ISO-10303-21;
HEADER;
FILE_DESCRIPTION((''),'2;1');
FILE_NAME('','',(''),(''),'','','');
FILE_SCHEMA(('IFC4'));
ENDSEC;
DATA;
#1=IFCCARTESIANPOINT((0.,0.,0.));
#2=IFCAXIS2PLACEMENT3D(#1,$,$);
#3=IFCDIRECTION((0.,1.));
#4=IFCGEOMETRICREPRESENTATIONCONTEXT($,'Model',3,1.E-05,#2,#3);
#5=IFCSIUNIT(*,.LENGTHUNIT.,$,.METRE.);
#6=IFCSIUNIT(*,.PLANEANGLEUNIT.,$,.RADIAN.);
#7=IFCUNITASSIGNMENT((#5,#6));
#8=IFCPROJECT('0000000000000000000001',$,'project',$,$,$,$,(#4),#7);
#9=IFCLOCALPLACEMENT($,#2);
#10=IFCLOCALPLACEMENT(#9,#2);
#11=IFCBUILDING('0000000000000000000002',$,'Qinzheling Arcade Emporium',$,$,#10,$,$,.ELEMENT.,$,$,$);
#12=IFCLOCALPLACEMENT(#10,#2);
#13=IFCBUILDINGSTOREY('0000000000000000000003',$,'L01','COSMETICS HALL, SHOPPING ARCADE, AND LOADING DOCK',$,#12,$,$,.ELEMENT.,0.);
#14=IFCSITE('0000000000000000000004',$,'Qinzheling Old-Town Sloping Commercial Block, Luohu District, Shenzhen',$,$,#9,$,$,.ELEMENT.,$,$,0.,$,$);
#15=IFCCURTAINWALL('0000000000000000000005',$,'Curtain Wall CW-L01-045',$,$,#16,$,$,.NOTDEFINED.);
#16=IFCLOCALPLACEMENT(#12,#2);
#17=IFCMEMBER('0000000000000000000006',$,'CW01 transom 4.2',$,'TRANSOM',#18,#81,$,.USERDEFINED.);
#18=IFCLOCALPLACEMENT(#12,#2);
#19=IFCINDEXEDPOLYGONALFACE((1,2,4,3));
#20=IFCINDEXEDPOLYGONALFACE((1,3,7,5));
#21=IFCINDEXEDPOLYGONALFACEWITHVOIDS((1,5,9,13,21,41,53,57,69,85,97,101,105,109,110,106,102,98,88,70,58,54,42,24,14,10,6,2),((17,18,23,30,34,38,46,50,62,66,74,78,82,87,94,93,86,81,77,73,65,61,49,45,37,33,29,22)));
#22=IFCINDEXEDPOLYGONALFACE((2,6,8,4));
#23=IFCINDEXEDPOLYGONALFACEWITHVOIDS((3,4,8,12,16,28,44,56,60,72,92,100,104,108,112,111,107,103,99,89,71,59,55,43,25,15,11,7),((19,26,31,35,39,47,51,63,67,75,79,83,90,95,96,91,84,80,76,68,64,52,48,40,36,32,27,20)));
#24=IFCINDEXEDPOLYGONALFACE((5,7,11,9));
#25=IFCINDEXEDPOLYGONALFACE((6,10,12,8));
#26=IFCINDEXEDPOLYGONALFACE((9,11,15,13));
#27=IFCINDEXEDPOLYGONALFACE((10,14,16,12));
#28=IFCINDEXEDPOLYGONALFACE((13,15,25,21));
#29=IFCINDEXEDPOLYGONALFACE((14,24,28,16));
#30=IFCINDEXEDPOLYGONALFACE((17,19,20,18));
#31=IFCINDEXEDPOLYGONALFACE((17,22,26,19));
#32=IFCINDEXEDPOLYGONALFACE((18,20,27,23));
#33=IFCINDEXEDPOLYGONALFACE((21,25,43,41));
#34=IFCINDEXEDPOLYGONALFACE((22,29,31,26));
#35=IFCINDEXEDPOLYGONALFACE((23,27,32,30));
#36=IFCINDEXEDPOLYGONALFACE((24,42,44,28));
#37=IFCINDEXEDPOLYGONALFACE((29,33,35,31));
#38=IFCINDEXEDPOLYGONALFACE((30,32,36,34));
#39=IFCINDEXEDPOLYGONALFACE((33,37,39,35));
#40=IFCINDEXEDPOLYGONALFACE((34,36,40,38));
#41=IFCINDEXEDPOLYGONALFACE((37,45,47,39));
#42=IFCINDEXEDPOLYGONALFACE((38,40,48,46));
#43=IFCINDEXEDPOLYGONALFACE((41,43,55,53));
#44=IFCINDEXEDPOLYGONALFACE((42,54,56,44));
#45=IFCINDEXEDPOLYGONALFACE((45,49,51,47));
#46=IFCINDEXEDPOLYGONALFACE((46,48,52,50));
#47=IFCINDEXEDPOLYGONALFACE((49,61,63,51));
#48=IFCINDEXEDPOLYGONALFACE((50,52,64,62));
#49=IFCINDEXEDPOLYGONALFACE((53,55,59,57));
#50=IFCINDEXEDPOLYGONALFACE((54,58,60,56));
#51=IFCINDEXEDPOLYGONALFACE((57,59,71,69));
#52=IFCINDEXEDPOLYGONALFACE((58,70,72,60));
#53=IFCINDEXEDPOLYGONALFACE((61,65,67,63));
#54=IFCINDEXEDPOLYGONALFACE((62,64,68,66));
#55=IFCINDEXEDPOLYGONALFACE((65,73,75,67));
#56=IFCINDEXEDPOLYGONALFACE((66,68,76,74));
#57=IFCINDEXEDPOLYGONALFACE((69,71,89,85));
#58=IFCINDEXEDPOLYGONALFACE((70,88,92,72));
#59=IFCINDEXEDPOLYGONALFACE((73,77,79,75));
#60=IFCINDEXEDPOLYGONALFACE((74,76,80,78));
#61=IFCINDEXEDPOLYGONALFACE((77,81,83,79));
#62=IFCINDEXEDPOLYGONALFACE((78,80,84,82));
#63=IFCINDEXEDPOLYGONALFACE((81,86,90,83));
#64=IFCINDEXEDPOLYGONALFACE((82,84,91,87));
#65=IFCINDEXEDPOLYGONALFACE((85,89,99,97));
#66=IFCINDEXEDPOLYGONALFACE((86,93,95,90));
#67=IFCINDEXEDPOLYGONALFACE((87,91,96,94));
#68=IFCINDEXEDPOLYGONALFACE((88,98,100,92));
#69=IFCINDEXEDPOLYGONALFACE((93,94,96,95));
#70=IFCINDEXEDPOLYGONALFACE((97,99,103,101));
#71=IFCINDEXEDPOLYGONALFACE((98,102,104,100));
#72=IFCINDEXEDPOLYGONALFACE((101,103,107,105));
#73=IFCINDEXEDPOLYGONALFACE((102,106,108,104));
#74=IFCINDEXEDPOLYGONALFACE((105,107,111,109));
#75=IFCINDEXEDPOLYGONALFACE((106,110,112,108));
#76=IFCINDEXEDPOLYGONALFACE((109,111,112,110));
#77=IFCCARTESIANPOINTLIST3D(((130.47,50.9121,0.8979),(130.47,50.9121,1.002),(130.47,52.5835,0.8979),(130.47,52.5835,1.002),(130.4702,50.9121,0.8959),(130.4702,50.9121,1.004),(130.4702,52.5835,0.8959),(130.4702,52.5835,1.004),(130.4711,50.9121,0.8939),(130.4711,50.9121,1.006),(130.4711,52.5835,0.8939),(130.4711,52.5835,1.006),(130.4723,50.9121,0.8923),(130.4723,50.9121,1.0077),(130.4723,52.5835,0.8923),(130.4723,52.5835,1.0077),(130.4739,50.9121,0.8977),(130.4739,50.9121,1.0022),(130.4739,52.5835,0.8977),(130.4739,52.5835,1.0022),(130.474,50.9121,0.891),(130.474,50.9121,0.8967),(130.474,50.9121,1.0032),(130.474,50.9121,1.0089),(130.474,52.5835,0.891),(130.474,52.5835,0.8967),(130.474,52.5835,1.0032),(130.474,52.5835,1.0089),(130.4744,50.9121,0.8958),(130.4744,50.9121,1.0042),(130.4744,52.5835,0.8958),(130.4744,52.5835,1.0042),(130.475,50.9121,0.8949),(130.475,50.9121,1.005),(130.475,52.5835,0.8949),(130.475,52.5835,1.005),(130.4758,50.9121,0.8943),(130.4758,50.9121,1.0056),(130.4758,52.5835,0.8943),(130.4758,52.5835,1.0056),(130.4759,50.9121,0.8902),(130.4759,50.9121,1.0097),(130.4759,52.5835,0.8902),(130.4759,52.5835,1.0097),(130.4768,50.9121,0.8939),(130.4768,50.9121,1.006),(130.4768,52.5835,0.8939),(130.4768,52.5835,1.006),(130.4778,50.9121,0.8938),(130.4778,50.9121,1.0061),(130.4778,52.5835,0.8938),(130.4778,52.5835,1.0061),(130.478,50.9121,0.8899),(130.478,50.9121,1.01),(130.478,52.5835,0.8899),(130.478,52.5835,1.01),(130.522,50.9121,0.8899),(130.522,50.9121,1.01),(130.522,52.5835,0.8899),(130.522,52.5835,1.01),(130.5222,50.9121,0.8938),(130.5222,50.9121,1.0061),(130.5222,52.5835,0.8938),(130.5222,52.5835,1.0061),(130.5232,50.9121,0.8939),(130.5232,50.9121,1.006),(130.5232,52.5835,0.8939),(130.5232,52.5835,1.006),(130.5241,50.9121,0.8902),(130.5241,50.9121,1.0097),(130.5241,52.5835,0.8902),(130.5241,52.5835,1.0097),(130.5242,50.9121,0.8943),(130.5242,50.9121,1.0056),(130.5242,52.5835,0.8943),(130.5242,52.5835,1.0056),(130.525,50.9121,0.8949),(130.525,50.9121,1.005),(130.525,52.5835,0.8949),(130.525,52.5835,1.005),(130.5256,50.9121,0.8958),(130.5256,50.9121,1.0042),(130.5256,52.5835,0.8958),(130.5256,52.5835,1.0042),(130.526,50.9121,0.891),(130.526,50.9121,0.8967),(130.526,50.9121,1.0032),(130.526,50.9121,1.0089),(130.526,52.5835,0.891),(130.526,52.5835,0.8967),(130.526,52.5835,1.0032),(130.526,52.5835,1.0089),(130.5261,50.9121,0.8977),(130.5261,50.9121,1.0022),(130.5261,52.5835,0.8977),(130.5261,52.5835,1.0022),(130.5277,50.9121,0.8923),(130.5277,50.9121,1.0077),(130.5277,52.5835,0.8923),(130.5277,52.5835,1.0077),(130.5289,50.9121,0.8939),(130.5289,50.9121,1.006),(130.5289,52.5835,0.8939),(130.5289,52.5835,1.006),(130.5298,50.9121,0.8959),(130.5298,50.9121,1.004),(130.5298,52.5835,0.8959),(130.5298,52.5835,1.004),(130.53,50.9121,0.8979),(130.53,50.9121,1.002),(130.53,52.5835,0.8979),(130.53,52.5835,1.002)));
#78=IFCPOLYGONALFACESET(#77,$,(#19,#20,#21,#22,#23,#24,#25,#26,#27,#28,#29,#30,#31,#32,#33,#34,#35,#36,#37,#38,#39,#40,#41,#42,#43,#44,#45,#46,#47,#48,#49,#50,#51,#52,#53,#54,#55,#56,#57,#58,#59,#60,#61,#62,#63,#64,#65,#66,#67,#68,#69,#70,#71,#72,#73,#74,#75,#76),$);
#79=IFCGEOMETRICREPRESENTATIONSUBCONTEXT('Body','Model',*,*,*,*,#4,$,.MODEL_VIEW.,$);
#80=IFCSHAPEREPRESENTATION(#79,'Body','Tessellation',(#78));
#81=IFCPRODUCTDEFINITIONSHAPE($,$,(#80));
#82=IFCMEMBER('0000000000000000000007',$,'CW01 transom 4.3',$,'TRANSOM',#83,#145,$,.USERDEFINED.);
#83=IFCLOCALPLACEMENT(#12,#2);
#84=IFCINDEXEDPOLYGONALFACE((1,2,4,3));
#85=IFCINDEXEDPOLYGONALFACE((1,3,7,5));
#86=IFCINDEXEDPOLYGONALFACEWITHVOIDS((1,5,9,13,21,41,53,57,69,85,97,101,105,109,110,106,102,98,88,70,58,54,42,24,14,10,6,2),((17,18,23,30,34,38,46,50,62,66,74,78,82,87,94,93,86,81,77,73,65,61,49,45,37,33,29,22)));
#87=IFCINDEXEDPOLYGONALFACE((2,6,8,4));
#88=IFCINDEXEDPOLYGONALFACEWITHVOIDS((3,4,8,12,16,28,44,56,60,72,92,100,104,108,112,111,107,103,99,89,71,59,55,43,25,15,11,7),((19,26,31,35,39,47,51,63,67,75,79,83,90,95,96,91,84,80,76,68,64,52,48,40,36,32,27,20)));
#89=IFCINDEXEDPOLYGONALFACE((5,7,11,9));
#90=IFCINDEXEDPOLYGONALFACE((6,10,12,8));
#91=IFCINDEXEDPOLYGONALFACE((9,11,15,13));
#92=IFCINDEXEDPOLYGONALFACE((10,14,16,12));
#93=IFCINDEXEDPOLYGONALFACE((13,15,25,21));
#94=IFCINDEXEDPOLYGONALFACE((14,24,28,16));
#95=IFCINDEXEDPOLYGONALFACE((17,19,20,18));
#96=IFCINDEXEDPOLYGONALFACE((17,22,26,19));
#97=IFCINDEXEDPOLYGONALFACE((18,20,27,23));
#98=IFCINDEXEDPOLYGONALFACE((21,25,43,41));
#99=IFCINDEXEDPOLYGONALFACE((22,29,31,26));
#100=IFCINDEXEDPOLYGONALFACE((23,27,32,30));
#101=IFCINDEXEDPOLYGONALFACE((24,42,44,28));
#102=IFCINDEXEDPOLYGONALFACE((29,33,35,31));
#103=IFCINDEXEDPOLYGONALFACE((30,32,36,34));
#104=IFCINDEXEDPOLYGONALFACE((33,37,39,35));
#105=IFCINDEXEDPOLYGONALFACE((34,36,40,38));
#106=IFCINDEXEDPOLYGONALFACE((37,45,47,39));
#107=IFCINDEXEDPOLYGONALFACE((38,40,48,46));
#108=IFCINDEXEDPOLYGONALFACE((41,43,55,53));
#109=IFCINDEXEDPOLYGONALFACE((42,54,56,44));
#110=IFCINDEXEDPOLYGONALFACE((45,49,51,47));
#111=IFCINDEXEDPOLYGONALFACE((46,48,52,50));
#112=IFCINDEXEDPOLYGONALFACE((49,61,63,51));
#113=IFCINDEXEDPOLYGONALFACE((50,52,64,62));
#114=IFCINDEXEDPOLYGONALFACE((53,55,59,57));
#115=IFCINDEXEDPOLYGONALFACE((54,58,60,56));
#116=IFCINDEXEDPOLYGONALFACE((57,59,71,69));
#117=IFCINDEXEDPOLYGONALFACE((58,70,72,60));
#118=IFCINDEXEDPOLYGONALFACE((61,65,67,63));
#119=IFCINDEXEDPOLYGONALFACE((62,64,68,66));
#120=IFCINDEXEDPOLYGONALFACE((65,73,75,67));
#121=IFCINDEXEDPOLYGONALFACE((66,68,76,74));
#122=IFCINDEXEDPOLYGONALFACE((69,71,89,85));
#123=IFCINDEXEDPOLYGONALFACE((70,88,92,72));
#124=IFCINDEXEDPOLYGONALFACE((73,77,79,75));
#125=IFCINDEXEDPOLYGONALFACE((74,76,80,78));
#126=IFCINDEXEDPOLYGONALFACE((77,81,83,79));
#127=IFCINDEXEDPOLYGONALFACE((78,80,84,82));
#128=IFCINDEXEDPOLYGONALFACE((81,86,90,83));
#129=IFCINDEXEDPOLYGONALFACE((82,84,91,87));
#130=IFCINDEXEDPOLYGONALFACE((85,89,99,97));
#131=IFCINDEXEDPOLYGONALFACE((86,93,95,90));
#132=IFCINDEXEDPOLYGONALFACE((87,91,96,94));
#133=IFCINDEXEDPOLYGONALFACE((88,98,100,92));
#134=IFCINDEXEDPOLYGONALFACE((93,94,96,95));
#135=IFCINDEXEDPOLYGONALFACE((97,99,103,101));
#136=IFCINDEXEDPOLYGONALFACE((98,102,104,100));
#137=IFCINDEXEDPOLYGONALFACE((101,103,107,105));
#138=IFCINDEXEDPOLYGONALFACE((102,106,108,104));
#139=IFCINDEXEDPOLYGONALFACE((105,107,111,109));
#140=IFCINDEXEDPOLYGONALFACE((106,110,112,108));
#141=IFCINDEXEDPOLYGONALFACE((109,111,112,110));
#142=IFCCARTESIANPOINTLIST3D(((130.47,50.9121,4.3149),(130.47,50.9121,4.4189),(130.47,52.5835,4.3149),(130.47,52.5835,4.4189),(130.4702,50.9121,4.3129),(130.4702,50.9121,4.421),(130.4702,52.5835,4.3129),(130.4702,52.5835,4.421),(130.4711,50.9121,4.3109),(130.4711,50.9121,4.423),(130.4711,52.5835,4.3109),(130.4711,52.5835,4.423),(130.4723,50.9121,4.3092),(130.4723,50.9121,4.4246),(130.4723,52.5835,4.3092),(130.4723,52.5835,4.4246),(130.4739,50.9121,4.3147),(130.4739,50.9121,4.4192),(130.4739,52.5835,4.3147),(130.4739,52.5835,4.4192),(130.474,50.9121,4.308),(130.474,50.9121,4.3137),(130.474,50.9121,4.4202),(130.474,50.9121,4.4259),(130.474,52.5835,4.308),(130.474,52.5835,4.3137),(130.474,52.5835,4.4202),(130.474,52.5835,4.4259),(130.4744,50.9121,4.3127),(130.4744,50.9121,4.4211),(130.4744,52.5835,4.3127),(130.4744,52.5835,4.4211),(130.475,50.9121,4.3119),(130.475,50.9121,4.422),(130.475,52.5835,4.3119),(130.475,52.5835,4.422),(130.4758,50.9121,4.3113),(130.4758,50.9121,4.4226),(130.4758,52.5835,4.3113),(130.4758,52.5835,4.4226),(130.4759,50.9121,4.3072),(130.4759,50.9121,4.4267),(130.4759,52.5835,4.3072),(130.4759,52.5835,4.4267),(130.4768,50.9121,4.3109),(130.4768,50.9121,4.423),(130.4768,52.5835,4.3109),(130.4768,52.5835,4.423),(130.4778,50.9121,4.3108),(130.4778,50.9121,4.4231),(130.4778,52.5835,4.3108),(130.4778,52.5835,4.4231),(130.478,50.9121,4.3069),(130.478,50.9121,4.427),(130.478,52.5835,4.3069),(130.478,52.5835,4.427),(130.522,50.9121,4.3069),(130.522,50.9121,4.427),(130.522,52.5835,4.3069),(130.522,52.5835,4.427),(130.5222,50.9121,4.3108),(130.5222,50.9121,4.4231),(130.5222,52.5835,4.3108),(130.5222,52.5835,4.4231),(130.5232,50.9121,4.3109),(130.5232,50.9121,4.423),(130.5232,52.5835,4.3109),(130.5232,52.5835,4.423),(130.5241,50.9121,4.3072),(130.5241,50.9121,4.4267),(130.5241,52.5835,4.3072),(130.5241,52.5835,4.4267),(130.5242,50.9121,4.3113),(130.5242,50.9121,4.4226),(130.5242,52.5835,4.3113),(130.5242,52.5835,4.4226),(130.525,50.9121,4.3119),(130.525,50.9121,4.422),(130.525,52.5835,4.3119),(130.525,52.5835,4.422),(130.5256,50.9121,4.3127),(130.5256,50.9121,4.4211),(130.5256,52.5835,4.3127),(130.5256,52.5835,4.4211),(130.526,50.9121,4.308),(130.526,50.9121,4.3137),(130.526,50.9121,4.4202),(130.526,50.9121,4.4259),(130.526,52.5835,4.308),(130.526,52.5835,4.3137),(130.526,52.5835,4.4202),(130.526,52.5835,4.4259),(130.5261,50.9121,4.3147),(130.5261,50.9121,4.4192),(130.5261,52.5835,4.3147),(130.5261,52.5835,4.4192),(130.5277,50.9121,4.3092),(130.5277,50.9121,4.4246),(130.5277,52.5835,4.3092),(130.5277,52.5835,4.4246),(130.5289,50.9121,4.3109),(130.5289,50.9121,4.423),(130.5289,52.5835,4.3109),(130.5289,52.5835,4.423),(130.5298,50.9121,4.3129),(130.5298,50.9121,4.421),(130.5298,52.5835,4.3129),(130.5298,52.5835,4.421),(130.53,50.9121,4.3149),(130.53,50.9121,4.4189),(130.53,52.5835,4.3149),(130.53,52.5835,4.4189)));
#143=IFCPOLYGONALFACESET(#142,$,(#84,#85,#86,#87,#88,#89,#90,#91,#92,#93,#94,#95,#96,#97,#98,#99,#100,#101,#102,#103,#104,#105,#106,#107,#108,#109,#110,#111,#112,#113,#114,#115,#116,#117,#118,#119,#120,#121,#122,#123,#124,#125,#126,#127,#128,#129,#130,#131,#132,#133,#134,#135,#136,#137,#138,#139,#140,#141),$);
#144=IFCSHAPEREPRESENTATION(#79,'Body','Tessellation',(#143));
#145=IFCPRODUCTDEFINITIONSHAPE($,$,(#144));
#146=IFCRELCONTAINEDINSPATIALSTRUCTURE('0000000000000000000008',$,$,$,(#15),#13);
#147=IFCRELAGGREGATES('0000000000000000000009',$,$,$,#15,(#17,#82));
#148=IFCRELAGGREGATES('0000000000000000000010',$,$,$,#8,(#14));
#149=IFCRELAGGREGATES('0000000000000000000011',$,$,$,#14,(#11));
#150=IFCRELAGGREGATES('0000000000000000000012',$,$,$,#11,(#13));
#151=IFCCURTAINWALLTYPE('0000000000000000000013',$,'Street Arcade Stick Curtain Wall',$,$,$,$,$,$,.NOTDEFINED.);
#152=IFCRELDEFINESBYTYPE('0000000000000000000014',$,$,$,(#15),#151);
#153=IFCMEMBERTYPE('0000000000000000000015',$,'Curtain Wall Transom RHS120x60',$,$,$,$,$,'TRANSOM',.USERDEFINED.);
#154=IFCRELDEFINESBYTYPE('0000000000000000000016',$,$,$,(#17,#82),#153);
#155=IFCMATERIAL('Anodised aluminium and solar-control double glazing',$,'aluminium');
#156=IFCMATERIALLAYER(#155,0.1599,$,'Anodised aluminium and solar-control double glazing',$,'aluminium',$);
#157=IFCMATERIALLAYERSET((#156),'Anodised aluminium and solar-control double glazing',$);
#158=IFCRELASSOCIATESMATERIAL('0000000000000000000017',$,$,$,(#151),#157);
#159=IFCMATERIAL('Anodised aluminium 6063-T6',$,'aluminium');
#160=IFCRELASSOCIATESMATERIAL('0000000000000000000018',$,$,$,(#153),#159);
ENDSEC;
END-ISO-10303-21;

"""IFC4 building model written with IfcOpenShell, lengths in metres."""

from ifc_helpers import new_model, si_unit, direction, frame, origin, origin_2d, place, context, subcontext, project, spatial, hollow_rectangle, extrude, material, layer, layer_set, material_profile, profile_set, type_object, element, aggregate, save


model = new_model("IFC4")

# Units and contexts
model_context = context("Model", 3, precision=1e-05, world=origin(), true_north=direction((0.0, 1.0)))
body_context = subcontext(model_context, "Body", "Model", "MODEL_VIEW")
ifc_project = project(units=[si_unit("LENGTHUNIT", "METRE"), si_unit("PLANEANGLEUNIT", "RADIAN")], contexts=[model_context])

# Site, building, storey
site_placement = place(None, origin())
site = spatial("IfcSite", under=ifc_project, at=site_placement, Name="Qinzheling Old-Town Sloping Commercial Block, Luohu District, Shenzhen", CompositionType="ELEMENT", RefElevation=0.0)
building_placement = place(site_placement, origin())
building = spatial("IfcBuilding", under=site, at=building_placement, Name="Qinzheling Arcade Emporium", CompositionType="ELEMENT")
storey_placement = place(building_placement, origin())
storey = spatial("IfcBuildingStorey", under=building, at=storey_placement, Name="L01", Description="COSMETICS HALL, SHOPPING ARCADE, AND LOADING DOCK", CompositionType="ELEMENT", Elevation=0.0)

# Shared definitions
ifc_material_1 = material(Name="Anodised aluminium and solar-control double glazing", Category="aluminium")
ifc_layer_1 = layer(ifc_material_1, 0.1599, Name="Anodised aluminium and solar-control double glazing", Category="aluminium")
ifc_layer_set_1 = layer_set([ifc_layer_1], Name="Anodised aluminium and solar-control double glazing")
curtain_wall_type = type_object("IfcCurtainWallType", Name="Street Arcade Stick Curtain Wall", PredefinedType="NOTDEFINED", material=ifc_layer_set_1)
ifc_material_2 = material(Name="Anodised aluminium 6063-T6", Category="aluminium")

# Curtain wall, members
curtain_wall_1_placement = place(storey_placement, origin())
curtain_wall_1 = element("IfcCurtainWall", 1, at=curtain_wall_1_placement, inside=storey, type_object=curtain_wall_type, Name="Curtain Wall CW-L01-045", PredefinedType="NOTDEFINED")
ifc_material_profile_1 = material_profile(ifc_material_2, hollow_rectangle(XDim=0.0601, YDim=0.1201, WallThickness=0.0039, InnerFilletRadius=0.0039, OuterFilletRadius=0.0081, at=origin_2d()), Name="RHS 120x60x4", Category="aluminium")
ifc_profile_set_1 = profile_set([ifc_material_profile_1], Name="Anodised aluminium 6063-T6")
member_type_1 = type_object("IfcMemberType", Name="Curtain Wall Transom RHS120x60", ElementType="TRANSOM", PredefinedType="USERDEFINED", material=ifc_profile_set_1)
member_1_placement = place(storey_placement, frame((130.5, 52.5835, 0.95), z_axis=(0.0, -1.0, 0.0), x_axis=(1.0, 0.0, 0.0)))
member_1 = element("IfcMember", 2, at=member_1_placement, type_object=member_type_1, Name="CW01 transom 4.2", ObjectType="TRANSOM", PredefinedType="USERDEFINED", context=body_context, shape_type="SweptSolid", body=[
    extrude(hollow_rectangle(XDim=0.0601, YDim=0.1201, WallThickness=0.0039, InnerFilletRadius=0.0039, OuterFilletRadius=0.0081, at=origin_2d()), origin(), (0.0, 0.0, 1.0), 1.6714),
])
member_2_placement = place(storey_placement, frame((130.5, 52.5835, 4.3669), z_axis=(0.0, -1.0, 0.0), x_axis=(1.0, 0.0, 0.0)))
member_2 = element("IfcMember", 3, at=member_2_placement, type_object=member_type_1, Name="CW01 transom 4.3", ObjectType="TRANSOM", PredefinedType="USERDEFINED", context=body_context, shape_type="SweptSolid", body=[
    extrude(hollow_rectangle(XDim=0.0601, YDim=0.1201, WallThickness=0.0039, InnerFilletRadius=0.0039, OuterFilletRadius=0.0081, at=origin_2d()), origin(), (0.0, 0.0, 1.0), 1.6714),
])

aggregate(curtain_wall_1, [member_1, member_2])

save(model, "model.ifc")
